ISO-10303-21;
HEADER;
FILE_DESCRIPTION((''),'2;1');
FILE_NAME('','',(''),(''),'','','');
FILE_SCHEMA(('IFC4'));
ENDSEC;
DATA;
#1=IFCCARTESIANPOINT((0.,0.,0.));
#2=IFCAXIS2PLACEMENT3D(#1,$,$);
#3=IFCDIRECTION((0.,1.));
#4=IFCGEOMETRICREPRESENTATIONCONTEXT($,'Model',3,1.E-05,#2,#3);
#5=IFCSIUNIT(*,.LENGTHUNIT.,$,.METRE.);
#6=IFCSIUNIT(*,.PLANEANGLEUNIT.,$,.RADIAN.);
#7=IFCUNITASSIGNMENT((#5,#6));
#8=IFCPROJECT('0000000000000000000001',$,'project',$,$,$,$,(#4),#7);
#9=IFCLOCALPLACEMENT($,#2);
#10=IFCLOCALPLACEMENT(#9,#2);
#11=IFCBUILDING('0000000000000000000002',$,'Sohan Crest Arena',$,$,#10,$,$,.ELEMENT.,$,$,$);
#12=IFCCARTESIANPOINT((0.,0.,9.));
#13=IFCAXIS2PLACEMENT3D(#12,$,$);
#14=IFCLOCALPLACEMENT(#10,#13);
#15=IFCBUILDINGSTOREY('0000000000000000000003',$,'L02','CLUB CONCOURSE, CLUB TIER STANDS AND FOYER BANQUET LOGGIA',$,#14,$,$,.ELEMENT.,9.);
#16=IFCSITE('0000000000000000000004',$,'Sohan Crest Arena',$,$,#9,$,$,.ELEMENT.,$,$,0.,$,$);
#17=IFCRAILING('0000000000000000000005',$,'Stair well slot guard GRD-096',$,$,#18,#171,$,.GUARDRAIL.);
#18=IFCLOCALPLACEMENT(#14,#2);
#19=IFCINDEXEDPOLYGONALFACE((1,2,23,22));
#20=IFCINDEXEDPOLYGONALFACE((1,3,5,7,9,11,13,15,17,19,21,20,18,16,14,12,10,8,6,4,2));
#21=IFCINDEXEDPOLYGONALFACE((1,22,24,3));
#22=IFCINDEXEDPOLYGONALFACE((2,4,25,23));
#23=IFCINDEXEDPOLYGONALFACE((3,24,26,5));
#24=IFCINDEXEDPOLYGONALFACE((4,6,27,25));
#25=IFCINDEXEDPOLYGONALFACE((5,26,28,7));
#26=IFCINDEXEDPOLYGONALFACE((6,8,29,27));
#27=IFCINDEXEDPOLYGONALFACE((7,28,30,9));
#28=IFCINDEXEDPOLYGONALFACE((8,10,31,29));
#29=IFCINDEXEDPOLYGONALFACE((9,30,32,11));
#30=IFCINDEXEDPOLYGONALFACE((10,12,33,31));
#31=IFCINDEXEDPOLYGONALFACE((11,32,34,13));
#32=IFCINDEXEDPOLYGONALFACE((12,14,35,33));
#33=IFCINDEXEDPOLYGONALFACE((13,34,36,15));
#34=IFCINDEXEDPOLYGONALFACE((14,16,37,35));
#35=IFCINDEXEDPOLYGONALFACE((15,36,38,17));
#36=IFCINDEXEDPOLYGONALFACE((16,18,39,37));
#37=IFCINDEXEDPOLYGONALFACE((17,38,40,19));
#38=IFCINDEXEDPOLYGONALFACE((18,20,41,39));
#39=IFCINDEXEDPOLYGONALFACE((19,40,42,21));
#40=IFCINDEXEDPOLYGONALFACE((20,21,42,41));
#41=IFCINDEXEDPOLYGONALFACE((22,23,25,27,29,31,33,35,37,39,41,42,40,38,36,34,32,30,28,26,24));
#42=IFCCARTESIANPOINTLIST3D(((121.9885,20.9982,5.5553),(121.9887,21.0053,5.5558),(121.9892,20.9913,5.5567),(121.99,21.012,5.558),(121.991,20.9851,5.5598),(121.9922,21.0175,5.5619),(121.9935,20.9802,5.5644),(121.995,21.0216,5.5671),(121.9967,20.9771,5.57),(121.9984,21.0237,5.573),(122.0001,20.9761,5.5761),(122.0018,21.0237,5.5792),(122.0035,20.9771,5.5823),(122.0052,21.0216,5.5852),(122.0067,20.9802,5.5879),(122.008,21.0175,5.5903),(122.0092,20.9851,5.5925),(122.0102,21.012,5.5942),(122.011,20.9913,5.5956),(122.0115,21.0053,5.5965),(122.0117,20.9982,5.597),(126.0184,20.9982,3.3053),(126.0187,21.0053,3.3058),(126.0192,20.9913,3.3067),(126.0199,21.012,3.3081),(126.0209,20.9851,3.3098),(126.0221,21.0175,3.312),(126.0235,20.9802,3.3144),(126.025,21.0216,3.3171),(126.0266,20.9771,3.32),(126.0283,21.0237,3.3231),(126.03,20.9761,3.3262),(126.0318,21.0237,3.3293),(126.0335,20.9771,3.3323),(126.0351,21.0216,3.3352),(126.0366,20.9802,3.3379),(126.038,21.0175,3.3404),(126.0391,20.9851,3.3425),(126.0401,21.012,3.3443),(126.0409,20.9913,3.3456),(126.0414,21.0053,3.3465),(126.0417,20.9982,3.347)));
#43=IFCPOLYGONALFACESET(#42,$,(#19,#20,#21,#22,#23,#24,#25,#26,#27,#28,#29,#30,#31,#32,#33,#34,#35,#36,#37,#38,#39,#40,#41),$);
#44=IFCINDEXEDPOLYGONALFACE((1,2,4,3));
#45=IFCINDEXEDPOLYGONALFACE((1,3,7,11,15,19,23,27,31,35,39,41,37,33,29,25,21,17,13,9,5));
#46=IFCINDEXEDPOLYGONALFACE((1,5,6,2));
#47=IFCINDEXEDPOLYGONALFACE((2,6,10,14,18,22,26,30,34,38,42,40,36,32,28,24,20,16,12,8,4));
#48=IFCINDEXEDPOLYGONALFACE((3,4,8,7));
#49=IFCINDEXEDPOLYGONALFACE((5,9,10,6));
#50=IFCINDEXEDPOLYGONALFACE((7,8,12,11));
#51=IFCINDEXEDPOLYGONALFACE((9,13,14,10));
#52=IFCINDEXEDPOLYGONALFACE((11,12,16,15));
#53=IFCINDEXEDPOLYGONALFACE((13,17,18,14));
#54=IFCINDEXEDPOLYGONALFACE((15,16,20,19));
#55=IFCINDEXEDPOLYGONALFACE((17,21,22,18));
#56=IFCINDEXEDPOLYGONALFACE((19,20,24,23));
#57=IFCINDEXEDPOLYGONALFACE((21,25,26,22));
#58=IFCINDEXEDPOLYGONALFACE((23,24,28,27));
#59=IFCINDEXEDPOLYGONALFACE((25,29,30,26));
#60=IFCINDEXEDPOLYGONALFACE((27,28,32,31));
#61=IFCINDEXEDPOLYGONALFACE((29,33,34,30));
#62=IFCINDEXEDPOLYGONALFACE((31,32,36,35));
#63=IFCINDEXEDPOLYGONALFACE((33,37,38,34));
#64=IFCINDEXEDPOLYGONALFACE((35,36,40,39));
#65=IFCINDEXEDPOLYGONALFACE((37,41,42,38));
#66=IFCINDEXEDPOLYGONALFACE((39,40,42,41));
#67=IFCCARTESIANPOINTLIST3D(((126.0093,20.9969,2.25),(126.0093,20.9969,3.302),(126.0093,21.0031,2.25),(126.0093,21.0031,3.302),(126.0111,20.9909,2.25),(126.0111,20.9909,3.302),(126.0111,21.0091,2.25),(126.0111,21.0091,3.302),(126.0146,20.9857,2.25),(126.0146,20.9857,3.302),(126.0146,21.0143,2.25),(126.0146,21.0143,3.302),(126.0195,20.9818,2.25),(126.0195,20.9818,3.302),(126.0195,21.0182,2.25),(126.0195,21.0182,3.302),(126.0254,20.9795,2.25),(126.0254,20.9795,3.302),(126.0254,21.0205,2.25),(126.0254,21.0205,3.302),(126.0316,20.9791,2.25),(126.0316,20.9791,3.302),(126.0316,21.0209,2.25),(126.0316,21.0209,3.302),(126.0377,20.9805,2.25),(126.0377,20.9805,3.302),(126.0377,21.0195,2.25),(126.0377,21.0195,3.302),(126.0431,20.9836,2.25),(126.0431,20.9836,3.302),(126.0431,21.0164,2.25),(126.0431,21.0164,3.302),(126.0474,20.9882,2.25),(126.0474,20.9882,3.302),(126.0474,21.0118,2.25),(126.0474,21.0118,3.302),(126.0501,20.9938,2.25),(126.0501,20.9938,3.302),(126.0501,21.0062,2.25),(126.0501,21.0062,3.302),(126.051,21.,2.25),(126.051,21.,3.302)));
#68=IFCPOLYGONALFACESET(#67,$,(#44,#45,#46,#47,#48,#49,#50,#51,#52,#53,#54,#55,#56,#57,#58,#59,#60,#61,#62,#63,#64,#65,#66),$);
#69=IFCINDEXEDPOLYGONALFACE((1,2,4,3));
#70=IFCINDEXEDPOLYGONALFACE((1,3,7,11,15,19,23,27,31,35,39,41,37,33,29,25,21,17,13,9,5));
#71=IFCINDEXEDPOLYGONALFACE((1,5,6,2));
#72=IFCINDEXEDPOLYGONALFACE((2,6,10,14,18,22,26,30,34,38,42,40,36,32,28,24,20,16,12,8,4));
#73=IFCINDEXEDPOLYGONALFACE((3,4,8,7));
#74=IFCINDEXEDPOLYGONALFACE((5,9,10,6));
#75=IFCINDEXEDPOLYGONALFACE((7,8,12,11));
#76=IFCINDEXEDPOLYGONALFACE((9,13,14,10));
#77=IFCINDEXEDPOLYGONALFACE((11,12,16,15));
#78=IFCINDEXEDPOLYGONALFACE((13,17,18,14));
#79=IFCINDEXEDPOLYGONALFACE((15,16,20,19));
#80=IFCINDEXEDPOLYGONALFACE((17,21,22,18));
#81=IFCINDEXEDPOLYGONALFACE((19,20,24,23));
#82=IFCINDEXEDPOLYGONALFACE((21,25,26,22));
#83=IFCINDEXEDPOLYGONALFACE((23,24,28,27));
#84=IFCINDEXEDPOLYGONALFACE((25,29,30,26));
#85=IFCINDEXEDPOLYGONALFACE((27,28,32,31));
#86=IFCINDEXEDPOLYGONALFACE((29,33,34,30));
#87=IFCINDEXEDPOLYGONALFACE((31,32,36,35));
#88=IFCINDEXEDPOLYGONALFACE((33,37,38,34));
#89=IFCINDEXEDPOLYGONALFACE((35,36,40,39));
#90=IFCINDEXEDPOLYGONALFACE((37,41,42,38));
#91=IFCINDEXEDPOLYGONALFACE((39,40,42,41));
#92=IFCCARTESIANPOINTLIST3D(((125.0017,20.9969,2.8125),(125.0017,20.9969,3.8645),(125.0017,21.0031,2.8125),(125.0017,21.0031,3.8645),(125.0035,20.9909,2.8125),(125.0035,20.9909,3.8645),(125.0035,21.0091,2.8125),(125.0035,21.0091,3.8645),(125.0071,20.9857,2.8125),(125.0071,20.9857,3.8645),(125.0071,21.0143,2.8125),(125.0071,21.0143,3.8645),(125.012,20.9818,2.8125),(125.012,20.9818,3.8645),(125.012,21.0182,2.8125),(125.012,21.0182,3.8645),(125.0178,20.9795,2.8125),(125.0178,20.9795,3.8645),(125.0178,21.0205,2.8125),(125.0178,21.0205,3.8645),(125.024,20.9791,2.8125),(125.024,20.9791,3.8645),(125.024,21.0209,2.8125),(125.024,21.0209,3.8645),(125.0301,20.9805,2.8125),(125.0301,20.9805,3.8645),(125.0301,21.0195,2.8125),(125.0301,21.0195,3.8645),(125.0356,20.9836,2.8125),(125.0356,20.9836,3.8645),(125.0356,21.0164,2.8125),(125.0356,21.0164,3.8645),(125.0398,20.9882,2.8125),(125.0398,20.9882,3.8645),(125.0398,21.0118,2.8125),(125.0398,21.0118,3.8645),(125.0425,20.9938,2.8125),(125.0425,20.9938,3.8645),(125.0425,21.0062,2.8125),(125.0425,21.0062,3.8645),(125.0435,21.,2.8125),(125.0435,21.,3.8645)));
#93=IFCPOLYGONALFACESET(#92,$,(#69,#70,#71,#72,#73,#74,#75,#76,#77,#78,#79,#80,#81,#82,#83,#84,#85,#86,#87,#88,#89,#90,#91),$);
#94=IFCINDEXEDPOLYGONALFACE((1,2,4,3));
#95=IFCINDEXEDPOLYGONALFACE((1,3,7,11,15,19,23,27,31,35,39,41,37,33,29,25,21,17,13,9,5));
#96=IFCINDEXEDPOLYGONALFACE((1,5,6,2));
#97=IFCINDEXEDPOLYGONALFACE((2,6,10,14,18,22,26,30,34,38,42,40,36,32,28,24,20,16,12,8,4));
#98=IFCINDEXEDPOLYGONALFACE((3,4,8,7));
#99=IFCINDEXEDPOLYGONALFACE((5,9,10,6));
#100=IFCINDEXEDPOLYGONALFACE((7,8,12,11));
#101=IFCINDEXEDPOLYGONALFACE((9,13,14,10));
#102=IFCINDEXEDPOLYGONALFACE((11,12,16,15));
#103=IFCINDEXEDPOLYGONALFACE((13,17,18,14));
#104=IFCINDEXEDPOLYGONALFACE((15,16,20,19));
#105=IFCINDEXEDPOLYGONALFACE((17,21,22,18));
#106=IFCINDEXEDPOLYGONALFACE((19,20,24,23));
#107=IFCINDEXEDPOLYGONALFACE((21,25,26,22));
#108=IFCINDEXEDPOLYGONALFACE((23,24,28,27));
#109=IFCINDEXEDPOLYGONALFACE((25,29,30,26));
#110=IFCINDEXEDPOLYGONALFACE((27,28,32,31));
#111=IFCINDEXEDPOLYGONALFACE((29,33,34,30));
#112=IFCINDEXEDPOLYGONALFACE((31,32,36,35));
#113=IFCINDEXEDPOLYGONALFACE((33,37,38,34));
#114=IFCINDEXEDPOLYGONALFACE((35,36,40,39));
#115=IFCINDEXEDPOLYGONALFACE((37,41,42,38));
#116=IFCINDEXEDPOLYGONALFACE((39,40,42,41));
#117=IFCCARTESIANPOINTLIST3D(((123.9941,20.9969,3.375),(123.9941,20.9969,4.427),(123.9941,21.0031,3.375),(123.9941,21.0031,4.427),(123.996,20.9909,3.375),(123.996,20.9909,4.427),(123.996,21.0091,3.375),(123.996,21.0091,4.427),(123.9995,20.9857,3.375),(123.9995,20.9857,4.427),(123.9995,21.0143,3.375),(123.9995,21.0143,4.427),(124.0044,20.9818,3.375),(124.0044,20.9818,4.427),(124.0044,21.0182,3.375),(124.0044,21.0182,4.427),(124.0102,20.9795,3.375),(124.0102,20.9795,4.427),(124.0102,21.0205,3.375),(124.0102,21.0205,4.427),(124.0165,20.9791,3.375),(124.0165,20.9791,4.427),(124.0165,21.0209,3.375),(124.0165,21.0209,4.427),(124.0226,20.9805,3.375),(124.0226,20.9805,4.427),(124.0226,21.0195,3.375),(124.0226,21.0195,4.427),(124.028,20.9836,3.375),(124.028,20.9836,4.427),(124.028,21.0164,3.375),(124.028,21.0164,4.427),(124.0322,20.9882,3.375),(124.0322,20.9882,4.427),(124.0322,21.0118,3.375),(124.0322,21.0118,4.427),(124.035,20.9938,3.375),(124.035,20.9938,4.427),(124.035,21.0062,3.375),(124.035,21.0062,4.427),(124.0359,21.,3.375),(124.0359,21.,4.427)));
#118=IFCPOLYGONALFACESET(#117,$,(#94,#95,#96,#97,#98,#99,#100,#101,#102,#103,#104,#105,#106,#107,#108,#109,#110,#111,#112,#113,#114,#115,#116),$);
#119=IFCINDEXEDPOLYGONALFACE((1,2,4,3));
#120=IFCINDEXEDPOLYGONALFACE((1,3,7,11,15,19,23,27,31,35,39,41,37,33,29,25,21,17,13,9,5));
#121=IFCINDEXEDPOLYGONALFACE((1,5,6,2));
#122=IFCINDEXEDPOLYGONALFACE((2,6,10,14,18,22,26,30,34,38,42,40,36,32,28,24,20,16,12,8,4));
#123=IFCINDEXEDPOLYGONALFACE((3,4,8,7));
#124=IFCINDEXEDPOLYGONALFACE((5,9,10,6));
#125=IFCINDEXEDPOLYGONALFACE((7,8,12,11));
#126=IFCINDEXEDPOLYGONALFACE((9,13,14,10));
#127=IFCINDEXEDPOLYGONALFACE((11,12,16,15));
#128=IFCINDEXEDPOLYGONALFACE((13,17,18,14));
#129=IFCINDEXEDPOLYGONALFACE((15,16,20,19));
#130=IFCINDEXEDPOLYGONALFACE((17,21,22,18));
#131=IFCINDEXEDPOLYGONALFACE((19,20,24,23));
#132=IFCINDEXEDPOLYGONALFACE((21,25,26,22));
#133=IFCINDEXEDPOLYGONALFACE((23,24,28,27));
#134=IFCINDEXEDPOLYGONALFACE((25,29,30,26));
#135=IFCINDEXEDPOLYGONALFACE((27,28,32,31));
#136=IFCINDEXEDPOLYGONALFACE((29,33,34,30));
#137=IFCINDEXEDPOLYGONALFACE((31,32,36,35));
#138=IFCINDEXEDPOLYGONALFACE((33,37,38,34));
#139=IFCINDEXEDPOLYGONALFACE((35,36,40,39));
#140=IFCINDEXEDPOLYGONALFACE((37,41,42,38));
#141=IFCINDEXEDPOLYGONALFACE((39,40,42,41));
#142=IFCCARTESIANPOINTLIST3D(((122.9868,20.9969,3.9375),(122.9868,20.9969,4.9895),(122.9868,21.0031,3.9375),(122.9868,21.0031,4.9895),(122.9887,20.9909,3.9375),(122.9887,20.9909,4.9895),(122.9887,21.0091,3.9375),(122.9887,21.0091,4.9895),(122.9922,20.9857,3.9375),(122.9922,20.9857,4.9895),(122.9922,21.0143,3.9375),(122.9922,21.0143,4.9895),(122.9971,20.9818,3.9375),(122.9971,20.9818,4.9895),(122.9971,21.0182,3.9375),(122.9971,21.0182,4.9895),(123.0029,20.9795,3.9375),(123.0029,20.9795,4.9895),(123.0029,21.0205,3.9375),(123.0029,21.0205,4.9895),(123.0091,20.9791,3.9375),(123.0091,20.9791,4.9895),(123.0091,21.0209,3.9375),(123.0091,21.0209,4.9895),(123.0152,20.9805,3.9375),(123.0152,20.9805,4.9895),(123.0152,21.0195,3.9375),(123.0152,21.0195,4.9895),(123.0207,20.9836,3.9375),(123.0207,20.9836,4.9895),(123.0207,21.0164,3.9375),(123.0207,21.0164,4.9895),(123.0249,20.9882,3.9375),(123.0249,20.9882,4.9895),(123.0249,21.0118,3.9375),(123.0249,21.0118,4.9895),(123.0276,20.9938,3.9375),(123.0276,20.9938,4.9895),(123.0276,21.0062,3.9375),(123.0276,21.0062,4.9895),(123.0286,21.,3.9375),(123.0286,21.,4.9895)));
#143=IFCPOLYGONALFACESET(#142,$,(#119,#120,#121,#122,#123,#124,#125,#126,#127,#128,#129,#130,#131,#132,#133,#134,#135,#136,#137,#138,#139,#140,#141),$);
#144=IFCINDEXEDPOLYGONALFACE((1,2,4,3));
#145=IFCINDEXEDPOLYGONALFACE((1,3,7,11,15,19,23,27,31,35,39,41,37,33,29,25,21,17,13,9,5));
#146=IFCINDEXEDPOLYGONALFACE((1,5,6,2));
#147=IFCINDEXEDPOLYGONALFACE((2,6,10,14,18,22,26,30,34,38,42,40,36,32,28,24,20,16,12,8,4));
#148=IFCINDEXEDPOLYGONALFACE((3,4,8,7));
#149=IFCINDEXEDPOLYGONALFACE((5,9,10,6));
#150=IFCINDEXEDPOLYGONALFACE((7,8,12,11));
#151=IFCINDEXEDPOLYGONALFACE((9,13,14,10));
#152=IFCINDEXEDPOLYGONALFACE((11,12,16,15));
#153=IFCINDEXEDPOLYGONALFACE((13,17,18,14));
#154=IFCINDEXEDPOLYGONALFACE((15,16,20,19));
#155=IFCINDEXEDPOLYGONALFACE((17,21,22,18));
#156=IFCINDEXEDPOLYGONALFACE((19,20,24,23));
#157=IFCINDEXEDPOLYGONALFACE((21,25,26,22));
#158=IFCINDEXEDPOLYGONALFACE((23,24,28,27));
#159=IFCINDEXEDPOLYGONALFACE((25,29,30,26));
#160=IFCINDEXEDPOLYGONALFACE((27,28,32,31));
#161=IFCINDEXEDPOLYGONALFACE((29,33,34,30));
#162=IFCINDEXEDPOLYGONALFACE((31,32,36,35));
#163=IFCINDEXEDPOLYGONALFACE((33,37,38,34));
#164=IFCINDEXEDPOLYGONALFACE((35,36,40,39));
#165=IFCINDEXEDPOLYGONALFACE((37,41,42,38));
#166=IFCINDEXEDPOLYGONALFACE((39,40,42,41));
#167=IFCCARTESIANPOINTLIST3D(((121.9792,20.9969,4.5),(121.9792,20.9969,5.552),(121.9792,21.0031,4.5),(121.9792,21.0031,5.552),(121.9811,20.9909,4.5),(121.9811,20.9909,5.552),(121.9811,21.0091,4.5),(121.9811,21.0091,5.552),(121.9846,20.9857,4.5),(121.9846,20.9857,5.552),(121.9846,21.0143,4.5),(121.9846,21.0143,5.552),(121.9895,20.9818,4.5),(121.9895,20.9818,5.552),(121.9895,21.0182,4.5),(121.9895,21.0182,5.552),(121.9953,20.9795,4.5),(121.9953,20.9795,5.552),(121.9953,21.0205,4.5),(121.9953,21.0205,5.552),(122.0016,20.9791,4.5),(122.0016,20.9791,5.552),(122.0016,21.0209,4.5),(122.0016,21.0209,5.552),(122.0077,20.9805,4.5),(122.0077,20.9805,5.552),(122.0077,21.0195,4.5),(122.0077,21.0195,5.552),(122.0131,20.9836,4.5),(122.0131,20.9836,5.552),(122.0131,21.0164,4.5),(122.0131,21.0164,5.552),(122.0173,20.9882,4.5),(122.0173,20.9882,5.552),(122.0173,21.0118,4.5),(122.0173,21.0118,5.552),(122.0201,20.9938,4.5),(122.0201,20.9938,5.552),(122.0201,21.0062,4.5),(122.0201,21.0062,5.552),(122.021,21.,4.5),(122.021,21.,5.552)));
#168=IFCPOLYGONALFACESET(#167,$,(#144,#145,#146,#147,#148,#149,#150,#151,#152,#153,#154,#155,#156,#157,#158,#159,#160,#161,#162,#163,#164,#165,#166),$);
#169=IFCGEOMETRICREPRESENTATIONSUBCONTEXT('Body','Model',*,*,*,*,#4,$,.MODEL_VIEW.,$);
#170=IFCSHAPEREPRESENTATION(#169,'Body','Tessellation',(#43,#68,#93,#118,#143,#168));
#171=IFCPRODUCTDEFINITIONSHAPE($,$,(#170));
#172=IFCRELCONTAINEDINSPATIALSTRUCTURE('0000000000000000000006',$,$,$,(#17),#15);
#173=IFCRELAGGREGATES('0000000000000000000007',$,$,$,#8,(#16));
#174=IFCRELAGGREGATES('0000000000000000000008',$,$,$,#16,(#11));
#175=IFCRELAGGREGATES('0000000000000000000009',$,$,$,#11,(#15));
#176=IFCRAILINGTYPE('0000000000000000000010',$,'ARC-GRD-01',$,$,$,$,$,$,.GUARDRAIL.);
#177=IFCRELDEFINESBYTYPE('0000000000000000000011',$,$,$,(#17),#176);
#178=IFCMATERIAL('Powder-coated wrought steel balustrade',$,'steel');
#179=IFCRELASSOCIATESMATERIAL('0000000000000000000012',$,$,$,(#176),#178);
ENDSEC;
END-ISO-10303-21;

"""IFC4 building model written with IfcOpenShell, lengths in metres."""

from ifc_helpers import new_model, si_unit, direction, frame, origin, origin_2d, place, context, subcontext, project, spatial, circle, extrude, material, type_object, element, save


model = new_model("IFC4")

# Units and contexts
model_context = context("Model", 3, precision=1e-05, world=origin(), true_north=direction((0.0, 1.0)))
body_context = subcontext(model_context, "Body", "Model", "MODEL_VIEW")
ifc_project = project(units=[si_unit("LENGTHUNIT", "METRE"), si_unit("PLANEANGLEUNIT", "RADIAN")], contexts=[model_context])

# Site, building, storey
site_placement = place(None, origin())
site = spatial("IfcSite", under=ifc_project, at=site_placement, Name="Sohan Crest Arena", CompositionType="ELEMENT", RefElevation=0.0)
building_placement = place(site_placement, origin())
building = spatial("IfcBuilding", under=site, at=building_placement, Name="Sohan Crest Arena", CompositionType="ELEMENT")
storey_placement = place(building_placement, frame((0.0, 0.0, 9.0)))
storey = spatial("IfcBuildingStorey", under=building, at=storey_placement, Name="L02", Description="CLUB CONCOURSE, CLUB TIER STANDS AND FOYER BANQUET LOGGIA", CompositionType="ELEMENT", Elevation=9.0)

# Railing
ifc_material_1 = material(Name="Powder-coated wrought steel balustrade", Category="steel")
railing_type_1 = type_object("IfcRailingType", Name="ARC-GRD-01", PredefinedType="GUARDRAIL", material=ifc_material_1)
railing_1_placement = place(storey_placement, frame((126.03, 21.0, 2.25)))
element("IfcRailing", 1, at=railing_1_placement, inside=storey, type_object=railing_type_1, Name="Stair well slot guard GRD-096", PredefinedType="GUARDRAIL", context=body_context, shape_type="SweptSolid", body=[
    extrude(circle(Radius=0.0239, at=origin_2d()), frame((0.0, 0.0, 1.0762), z_axis=(-0.873135, 0.0, 0.487479), x_axis=(0.0, -1.0, 0.0)), (0.0, 0.0, 1.0), 4.6155),
    extrude(circle(Radius=0.021, at=origin_2d()), origin(), (0.0, 0.0, 1.0), 1.052),
    extrude(circle(Radius=0.021, at=origin_2d()), frame((-1.0076, 0.0, 0.5625)), (0.0, 0.0, 1.0), 1.052),
    extrude(circle(Radius=0.021, at=origin_2d()), frame((-2.0151, 0.0, 1.125)), (0.0, 0.0, 1.0), 1.052),
    extrude(circle(Radius=0.021, at=origin_2d()), frame((-3.0225, 0.0, 1.6875)), (0.0, 0.0, 1.0), 1.052),
    extrude(circle(Radius=0.021, at=origin_2d()), frame((-4.03, 0.0, 2.25)), (0.0, 0.0, 1.0), 1.052),
])

save(model, "model.ifc")
